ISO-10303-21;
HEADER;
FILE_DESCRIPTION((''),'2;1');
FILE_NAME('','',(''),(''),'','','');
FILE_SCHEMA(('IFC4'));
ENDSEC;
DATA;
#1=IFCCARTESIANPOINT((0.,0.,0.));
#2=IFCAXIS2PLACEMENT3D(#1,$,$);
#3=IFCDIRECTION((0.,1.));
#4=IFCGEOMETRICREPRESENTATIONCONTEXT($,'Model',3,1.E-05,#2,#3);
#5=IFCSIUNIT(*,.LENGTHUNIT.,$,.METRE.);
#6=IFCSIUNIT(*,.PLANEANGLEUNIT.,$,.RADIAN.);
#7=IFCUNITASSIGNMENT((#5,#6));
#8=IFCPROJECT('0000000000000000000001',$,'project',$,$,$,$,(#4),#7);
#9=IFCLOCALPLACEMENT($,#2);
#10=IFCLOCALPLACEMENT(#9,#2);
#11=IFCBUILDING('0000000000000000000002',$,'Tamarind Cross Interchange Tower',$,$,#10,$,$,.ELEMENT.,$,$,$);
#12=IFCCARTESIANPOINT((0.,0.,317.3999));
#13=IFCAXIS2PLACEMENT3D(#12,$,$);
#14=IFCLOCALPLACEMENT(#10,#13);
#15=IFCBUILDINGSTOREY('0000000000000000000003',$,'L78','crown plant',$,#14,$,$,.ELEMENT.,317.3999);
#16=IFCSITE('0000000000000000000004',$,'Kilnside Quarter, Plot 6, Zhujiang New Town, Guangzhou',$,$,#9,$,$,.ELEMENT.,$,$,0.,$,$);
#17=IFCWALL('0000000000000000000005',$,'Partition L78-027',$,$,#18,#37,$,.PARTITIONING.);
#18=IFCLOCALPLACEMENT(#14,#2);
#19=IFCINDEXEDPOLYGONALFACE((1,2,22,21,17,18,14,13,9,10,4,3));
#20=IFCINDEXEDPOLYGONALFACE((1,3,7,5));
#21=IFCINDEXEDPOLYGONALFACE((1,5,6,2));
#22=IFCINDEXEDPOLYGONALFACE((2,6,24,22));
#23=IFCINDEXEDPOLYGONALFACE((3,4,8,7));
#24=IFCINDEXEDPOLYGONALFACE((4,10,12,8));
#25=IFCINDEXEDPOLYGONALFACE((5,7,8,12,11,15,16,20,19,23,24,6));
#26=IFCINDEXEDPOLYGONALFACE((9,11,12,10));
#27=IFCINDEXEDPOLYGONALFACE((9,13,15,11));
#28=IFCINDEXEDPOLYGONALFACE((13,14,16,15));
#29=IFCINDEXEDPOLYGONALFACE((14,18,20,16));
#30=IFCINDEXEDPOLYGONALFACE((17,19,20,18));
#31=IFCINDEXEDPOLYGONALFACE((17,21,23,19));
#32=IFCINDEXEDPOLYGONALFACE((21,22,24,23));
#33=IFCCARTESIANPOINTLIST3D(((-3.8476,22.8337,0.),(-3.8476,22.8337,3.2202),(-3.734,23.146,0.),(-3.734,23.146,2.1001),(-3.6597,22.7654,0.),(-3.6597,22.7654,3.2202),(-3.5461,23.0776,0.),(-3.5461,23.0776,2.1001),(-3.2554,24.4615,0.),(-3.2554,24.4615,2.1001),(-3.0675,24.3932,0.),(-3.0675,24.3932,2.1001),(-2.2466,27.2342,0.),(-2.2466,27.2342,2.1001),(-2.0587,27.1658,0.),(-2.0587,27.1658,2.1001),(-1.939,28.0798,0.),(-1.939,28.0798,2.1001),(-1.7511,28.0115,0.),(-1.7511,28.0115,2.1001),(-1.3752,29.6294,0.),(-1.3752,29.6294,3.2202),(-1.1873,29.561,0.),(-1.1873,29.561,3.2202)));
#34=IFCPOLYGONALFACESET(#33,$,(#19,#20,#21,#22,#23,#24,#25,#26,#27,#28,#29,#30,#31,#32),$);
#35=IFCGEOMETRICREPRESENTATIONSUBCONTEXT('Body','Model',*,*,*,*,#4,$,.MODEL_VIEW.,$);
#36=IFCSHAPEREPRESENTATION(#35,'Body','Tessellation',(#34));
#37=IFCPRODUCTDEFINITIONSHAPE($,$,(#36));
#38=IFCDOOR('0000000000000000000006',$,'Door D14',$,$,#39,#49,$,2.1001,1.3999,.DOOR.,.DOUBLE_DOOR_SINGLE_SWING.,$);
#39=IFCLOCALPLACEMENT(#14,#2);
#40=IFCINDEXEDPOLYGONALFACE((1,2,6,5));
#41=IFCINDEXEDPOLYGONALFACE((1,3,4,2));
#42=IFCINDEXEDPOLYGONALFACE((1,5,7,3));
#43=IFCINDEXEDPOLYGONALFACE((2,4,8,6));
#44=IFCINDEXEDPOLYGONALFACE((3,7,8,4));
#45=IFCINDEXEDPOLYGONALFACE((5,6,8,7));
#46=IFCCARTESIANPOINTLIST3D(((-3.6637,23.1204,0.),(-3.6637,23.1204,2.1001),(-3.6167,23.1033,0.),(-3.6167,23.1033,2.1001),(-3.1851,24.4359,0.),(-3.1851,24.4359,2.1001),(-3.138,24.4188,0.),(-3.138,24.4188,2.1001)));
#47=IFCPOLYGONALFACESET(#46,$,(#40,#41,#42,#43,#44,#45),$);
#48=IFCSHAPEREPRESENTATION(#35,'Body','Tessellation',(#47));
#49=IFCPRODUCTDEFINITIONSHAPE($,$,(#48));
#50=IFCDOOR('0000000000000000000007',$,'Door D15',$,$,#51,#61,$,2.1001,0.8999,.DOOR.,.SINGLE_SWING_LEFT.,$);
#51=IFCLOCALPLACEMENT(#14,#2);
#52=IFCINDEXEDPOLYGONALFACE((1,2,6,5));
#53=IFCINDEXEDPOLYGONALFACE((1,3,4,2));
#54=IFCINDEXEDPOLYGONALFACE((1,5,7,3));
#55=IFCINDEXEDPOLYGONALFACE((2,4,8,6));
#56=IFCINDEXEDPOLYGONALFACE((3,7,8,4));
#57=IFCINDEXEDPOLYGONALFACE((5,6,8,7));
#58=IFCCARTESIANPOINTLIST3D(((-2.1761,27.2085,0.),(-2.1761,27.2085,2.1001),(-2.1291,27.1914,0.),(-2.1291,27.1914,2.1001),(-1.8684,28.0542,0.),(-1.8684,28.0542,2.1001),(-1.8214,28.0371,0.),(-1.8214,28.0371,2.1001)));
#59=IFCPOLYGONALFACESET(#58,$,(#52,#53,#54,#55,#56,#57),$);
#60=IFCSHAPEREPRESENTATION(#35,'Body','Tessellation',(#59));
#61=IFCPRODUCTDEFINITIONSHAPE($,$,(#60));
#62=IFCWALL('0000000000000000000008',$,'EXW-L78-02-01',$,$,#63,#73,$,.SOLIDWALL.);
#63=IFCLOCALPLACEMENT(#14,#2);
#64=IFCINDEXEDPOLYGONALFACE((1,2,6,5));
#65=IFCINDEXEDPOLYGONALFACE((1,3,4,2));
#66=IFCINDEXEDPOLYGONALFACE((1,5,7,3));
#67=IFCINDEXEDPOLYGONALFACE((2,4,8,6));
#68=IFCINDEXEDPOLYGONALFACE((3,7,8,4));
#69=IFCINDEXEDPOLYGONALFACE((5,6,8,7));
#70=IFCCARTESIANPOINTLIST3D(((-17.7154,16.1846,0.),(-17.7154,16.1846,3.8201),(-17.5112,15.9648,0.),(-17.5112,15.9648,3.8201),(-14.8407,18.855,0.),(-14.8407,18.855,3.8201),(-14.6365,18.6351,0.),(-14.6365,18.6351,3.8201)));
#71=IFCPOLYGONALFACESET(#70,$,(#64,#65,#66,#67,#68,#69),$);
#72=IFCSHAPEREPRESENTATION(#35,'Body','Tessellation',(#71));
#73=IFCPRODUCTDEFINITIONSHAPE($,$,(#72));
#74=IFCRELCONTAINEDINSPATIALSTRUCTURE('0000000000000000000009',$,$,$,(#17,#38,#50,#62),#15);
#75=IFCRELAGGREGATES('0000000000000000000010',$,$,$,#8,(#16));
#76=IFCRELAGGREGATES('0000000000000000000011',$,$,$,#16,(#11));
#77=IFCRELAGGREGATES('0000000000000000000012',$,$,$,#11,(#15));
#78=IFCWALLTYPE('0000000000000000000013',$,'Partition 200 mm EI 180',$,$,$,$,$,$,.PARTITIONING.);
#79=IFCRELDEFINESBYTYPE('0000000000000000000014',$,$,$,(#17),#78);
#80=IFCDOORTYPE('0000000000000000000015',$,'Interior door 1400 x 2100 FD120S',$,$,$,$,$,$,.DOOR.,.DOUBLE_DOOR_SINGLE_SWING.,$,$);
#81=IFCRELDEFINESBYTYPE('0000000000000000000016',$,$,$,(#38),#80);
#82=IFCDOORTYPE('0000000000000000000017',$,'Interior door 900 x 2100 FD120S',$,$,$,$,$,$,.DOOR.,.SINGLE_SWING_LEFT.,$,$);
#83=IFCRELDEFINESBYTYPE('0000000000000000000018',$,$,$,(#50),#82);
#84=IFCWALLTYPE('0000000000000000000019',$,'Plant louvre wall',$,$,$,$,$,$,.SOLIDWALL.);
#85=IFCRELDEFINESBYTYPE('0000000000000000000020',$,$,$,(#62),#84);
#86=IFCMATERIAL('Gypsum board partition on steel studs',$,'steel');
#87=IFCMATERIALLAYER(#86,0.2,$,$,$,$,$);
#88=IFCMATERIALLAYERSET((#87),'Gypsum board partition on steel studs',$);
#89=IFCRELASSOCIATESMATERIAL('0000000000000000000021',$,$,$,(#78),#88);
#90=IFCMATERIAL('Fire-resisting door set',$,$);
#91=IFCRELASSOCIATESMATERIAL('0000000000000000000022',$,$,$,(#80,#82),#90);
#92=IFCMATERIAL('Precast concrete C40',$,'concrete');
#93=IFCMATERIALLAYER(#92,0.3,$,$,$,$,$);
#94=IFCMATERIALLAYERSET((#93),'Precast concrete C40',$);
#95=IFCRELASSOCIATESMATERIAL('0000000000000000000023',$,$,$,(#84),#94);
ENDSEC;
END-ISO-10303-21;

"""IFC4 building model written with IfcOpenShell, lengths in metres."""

from ifc_helpers import new_model, si_unit, direction, frame, frame_2d, origin, place, context, subcontext, project, spatial, rectangle, extrude, material, layer, layer_set, type_object, element, fill, save


model = new_model("IFC4")

# Units and contexts
model_context = context("Model", 3, precision=1e-05, world=origin(), true_north=direction((0.0, 1.0)))
body_context = subcontext(model_context, "Body", "Model", "MODEL_VIEW")
ifc_project = project(units=[si_unit("LENGTHUNIT", "METRE"), si_unit("PLANEANGLEUNIT", "RADIAN")], contexts=[model_context])

# Site, building, storey
site_placement = place(None, origin())
site = spatial("IfcSite", under=ifc_project, at=site_placement, Name="Kilnside Quarter, Plot 6, Zhujiang New Town, Guangzhou", CompositionType="ELEMENT", RefElevation=0.0)
building_placement = place(site_placement, origin())
building = spatial("IfcBuilding", under=site, at=building_placement, Name="Tamarind Cross Interchange Tower", CompositionType="ELEMENT")
storey_placement = place(building_placement, frame((0.0, 0.0, 317.3999)))
storey = spatial("IfcBuildingStorey", under=building, at=storey_placement, Name="L78", Description="crown plant", CompositionType="ELEMENT", Elevation=317.3999)

# Shared definitions
ifc_material_1 = material(Name="Gypsum board partition on steel studs", Category="steel")

# Shared definitions
ifc_material_2 = material(Name="Fire-resisting door set")

# Shared definitions
ifc_layer_1 = layer(ifc_material_1, 0.2)
ifc_layer_set_1 = layer_set([ifc_layer_1], Name="Gypsum board partition on steel studs")
wall_type_1 = type_object("IfcWallType", Name="Partition 200 mm EI 180", PredefinedType="PARTITIONING", material=ifc_layer_set_1)

# Shared definitions
door_type_1 = type_object("IfcDoorType", Name="Interior door 1400 x 2100 FD120S", OperationType="DOUBLE_DOOR_SINGLE_SWING", PredefinedType="DOOR", material=ifc_material_2)

# Wall, openings, doors
wall_1_placement = place(storey_placement, frame((-3.7537, 22.7996, 0.0), z_axis=(0.0, 0.0, 1.0), x_axis=(0.341898, 0.939737, 0.0)))
wall_1 = element("IfcWall", 1, at=wall_1_placement, inside=storey, type_object=wall_type_1, Name="Partition L78-027", PredefinedType="PARTITIONING", context=body_context, shape_type="SweptSolid", body=[
    extrude(rectangle(XDim=7.2314, YDim=0.2, at=frame_2d((3.6157, 0.0))), origin(), (0.0, 0.0, 1.0), 3.2202),
])
opening_1_placement = place(wall_1_placement, frame((0.3323, 0.0, 0.0)))
opening_1 = element("IfcOpeningElement", 2, at=opening_1_placement, cuts=wall_1, PredefinedType="OPENING", context=body_context, shape_type="SweptSolid", body=[
    extrude(rectangle(XDim=1.3999, YDim=2.1001, at=frame_2d((0.7, 1.05))), frame((0.0, 0.1099, 0.0), z_axis=(0.0, -1.0, 0.0), x_axis=(1.0, 0.0, 0.0)), (0.0, 0.0, 1.0), 0.22),
])
opening_2_placement = place(wall_1_placement, frame((4.6826, 0.0, 0.0)))
opening_2 = element("IfcOpeningElement", 3, at=opening_2_placement, cuts=wall_1, PredefinedType="OPENING", context=body_context, shape_type="SweptSolid", body=[
    extrude(rectangle(XDim=0.8999, YDim=2.1001, at=frame_2d((0.45, 1.05))), frame((0.0, 0.1099, 0.0), z_axis=(0.0, -1.0, 0.0), x_axis=(1.0, 0.0, 0.0)), (0.0, 0.0, 1.0), 0.22),
])
door_1_placement = place(opening_1_placement, frame((1.3999, 0.0, 0.0), z_axis=(0.0, 0.0, 1.0), x_axis=(-1.0, 0.0, 0.0)))
door_1 = element("IfcDoor", 4, at=door_1_placement, inside=storey, type_object=door_type_1, Name="Door D14", OperationType="DOUBLE_DOOR_SINGLE_SWING", OverallHeight=2.1001, OverallWidth=1.3999, PredefinedType="DOOR", context=body_context, shape_type="SweptSolid", body=[
    extrude(rectangle(XDim=1.3999, YDim=2.1001, at=frame_2d((0.7, 1.05))), frame((0.0, 0.0249, 0.0), z_axis=(0.0, -1.0, 0.0), x_axis=(1.0, 0.0, 0.0)), (0.0, 0.0, 1.0), 0.05),
])
fill(opening_1, door_1)
door_type_2 = type_object("IfcDoorType", Name="Interior door 900 x 2100 FD120S", OperationType="SINGLE_SWING_LEFT", PredefinedType="DOOR", material=ifc_material_2)
door_2_placement = place(opening_2_placement, origin())
door_2 = element("IfcDoor", 5, at=door_2_placement, inside=storey, type_object=door_type_2, Name="Door D15", OperationType="SINGLE_SWING_LEFT", OverallHeight=2.1001, OverallWidth=0.8999, PredefinedType="DOOR", context=body_context, shape_type="SweptSolid", body=[
    extrude(rectangle(XDim=0.8999, YDim=2.1001, at=frame_2d((0.45, 1.05))), frame((0.0, 0.0249, 0.0), z_axis=(0.0, -1.0, 0.0), x_axis=(1.0, 0.0, 0.0)), (0.0, 0.0, 1.0), 0.05),
])
fill(opening_2, door_2)

# Wall
ifc_material_3 = material(Name="Precast concrete C40", Category="concrete")
ifc_layer_2 = layer(ifc_material_3, 0.3)
ifc_layer_set_2 = layer_set([ifc_layer_2], Name="Precast concrete C40")
wall_type_2 = type_object("IfcWallType", Name="Plant louvre wall", PredefinedType="SOLIDWALL", material=ifc_layer_set_2)
wall_2_placement = place(storey_placement, frame((-14.7385, 18.7451, 0.0), z_axis=(0.0, 0.0, 1.0), x_axis=(-0.732667, -0.680587, 0.0)))
element("IfcWall", 6, at=wall_2_placement, inside=storey, type_object=wall_type_2, Name="EXW-L78-02-01", PredefinedType="SOLIDWALL", context=body_context, shape_type="SweptSolid", body=[
    extrude(rectangle(XDim=3.9236, YDim=0.3, at=frame_2d((1.9619, 0.0))), origin(), (0.0, 0.0, 1.0), 3.8201),
])

save(model, "model.ifc")
